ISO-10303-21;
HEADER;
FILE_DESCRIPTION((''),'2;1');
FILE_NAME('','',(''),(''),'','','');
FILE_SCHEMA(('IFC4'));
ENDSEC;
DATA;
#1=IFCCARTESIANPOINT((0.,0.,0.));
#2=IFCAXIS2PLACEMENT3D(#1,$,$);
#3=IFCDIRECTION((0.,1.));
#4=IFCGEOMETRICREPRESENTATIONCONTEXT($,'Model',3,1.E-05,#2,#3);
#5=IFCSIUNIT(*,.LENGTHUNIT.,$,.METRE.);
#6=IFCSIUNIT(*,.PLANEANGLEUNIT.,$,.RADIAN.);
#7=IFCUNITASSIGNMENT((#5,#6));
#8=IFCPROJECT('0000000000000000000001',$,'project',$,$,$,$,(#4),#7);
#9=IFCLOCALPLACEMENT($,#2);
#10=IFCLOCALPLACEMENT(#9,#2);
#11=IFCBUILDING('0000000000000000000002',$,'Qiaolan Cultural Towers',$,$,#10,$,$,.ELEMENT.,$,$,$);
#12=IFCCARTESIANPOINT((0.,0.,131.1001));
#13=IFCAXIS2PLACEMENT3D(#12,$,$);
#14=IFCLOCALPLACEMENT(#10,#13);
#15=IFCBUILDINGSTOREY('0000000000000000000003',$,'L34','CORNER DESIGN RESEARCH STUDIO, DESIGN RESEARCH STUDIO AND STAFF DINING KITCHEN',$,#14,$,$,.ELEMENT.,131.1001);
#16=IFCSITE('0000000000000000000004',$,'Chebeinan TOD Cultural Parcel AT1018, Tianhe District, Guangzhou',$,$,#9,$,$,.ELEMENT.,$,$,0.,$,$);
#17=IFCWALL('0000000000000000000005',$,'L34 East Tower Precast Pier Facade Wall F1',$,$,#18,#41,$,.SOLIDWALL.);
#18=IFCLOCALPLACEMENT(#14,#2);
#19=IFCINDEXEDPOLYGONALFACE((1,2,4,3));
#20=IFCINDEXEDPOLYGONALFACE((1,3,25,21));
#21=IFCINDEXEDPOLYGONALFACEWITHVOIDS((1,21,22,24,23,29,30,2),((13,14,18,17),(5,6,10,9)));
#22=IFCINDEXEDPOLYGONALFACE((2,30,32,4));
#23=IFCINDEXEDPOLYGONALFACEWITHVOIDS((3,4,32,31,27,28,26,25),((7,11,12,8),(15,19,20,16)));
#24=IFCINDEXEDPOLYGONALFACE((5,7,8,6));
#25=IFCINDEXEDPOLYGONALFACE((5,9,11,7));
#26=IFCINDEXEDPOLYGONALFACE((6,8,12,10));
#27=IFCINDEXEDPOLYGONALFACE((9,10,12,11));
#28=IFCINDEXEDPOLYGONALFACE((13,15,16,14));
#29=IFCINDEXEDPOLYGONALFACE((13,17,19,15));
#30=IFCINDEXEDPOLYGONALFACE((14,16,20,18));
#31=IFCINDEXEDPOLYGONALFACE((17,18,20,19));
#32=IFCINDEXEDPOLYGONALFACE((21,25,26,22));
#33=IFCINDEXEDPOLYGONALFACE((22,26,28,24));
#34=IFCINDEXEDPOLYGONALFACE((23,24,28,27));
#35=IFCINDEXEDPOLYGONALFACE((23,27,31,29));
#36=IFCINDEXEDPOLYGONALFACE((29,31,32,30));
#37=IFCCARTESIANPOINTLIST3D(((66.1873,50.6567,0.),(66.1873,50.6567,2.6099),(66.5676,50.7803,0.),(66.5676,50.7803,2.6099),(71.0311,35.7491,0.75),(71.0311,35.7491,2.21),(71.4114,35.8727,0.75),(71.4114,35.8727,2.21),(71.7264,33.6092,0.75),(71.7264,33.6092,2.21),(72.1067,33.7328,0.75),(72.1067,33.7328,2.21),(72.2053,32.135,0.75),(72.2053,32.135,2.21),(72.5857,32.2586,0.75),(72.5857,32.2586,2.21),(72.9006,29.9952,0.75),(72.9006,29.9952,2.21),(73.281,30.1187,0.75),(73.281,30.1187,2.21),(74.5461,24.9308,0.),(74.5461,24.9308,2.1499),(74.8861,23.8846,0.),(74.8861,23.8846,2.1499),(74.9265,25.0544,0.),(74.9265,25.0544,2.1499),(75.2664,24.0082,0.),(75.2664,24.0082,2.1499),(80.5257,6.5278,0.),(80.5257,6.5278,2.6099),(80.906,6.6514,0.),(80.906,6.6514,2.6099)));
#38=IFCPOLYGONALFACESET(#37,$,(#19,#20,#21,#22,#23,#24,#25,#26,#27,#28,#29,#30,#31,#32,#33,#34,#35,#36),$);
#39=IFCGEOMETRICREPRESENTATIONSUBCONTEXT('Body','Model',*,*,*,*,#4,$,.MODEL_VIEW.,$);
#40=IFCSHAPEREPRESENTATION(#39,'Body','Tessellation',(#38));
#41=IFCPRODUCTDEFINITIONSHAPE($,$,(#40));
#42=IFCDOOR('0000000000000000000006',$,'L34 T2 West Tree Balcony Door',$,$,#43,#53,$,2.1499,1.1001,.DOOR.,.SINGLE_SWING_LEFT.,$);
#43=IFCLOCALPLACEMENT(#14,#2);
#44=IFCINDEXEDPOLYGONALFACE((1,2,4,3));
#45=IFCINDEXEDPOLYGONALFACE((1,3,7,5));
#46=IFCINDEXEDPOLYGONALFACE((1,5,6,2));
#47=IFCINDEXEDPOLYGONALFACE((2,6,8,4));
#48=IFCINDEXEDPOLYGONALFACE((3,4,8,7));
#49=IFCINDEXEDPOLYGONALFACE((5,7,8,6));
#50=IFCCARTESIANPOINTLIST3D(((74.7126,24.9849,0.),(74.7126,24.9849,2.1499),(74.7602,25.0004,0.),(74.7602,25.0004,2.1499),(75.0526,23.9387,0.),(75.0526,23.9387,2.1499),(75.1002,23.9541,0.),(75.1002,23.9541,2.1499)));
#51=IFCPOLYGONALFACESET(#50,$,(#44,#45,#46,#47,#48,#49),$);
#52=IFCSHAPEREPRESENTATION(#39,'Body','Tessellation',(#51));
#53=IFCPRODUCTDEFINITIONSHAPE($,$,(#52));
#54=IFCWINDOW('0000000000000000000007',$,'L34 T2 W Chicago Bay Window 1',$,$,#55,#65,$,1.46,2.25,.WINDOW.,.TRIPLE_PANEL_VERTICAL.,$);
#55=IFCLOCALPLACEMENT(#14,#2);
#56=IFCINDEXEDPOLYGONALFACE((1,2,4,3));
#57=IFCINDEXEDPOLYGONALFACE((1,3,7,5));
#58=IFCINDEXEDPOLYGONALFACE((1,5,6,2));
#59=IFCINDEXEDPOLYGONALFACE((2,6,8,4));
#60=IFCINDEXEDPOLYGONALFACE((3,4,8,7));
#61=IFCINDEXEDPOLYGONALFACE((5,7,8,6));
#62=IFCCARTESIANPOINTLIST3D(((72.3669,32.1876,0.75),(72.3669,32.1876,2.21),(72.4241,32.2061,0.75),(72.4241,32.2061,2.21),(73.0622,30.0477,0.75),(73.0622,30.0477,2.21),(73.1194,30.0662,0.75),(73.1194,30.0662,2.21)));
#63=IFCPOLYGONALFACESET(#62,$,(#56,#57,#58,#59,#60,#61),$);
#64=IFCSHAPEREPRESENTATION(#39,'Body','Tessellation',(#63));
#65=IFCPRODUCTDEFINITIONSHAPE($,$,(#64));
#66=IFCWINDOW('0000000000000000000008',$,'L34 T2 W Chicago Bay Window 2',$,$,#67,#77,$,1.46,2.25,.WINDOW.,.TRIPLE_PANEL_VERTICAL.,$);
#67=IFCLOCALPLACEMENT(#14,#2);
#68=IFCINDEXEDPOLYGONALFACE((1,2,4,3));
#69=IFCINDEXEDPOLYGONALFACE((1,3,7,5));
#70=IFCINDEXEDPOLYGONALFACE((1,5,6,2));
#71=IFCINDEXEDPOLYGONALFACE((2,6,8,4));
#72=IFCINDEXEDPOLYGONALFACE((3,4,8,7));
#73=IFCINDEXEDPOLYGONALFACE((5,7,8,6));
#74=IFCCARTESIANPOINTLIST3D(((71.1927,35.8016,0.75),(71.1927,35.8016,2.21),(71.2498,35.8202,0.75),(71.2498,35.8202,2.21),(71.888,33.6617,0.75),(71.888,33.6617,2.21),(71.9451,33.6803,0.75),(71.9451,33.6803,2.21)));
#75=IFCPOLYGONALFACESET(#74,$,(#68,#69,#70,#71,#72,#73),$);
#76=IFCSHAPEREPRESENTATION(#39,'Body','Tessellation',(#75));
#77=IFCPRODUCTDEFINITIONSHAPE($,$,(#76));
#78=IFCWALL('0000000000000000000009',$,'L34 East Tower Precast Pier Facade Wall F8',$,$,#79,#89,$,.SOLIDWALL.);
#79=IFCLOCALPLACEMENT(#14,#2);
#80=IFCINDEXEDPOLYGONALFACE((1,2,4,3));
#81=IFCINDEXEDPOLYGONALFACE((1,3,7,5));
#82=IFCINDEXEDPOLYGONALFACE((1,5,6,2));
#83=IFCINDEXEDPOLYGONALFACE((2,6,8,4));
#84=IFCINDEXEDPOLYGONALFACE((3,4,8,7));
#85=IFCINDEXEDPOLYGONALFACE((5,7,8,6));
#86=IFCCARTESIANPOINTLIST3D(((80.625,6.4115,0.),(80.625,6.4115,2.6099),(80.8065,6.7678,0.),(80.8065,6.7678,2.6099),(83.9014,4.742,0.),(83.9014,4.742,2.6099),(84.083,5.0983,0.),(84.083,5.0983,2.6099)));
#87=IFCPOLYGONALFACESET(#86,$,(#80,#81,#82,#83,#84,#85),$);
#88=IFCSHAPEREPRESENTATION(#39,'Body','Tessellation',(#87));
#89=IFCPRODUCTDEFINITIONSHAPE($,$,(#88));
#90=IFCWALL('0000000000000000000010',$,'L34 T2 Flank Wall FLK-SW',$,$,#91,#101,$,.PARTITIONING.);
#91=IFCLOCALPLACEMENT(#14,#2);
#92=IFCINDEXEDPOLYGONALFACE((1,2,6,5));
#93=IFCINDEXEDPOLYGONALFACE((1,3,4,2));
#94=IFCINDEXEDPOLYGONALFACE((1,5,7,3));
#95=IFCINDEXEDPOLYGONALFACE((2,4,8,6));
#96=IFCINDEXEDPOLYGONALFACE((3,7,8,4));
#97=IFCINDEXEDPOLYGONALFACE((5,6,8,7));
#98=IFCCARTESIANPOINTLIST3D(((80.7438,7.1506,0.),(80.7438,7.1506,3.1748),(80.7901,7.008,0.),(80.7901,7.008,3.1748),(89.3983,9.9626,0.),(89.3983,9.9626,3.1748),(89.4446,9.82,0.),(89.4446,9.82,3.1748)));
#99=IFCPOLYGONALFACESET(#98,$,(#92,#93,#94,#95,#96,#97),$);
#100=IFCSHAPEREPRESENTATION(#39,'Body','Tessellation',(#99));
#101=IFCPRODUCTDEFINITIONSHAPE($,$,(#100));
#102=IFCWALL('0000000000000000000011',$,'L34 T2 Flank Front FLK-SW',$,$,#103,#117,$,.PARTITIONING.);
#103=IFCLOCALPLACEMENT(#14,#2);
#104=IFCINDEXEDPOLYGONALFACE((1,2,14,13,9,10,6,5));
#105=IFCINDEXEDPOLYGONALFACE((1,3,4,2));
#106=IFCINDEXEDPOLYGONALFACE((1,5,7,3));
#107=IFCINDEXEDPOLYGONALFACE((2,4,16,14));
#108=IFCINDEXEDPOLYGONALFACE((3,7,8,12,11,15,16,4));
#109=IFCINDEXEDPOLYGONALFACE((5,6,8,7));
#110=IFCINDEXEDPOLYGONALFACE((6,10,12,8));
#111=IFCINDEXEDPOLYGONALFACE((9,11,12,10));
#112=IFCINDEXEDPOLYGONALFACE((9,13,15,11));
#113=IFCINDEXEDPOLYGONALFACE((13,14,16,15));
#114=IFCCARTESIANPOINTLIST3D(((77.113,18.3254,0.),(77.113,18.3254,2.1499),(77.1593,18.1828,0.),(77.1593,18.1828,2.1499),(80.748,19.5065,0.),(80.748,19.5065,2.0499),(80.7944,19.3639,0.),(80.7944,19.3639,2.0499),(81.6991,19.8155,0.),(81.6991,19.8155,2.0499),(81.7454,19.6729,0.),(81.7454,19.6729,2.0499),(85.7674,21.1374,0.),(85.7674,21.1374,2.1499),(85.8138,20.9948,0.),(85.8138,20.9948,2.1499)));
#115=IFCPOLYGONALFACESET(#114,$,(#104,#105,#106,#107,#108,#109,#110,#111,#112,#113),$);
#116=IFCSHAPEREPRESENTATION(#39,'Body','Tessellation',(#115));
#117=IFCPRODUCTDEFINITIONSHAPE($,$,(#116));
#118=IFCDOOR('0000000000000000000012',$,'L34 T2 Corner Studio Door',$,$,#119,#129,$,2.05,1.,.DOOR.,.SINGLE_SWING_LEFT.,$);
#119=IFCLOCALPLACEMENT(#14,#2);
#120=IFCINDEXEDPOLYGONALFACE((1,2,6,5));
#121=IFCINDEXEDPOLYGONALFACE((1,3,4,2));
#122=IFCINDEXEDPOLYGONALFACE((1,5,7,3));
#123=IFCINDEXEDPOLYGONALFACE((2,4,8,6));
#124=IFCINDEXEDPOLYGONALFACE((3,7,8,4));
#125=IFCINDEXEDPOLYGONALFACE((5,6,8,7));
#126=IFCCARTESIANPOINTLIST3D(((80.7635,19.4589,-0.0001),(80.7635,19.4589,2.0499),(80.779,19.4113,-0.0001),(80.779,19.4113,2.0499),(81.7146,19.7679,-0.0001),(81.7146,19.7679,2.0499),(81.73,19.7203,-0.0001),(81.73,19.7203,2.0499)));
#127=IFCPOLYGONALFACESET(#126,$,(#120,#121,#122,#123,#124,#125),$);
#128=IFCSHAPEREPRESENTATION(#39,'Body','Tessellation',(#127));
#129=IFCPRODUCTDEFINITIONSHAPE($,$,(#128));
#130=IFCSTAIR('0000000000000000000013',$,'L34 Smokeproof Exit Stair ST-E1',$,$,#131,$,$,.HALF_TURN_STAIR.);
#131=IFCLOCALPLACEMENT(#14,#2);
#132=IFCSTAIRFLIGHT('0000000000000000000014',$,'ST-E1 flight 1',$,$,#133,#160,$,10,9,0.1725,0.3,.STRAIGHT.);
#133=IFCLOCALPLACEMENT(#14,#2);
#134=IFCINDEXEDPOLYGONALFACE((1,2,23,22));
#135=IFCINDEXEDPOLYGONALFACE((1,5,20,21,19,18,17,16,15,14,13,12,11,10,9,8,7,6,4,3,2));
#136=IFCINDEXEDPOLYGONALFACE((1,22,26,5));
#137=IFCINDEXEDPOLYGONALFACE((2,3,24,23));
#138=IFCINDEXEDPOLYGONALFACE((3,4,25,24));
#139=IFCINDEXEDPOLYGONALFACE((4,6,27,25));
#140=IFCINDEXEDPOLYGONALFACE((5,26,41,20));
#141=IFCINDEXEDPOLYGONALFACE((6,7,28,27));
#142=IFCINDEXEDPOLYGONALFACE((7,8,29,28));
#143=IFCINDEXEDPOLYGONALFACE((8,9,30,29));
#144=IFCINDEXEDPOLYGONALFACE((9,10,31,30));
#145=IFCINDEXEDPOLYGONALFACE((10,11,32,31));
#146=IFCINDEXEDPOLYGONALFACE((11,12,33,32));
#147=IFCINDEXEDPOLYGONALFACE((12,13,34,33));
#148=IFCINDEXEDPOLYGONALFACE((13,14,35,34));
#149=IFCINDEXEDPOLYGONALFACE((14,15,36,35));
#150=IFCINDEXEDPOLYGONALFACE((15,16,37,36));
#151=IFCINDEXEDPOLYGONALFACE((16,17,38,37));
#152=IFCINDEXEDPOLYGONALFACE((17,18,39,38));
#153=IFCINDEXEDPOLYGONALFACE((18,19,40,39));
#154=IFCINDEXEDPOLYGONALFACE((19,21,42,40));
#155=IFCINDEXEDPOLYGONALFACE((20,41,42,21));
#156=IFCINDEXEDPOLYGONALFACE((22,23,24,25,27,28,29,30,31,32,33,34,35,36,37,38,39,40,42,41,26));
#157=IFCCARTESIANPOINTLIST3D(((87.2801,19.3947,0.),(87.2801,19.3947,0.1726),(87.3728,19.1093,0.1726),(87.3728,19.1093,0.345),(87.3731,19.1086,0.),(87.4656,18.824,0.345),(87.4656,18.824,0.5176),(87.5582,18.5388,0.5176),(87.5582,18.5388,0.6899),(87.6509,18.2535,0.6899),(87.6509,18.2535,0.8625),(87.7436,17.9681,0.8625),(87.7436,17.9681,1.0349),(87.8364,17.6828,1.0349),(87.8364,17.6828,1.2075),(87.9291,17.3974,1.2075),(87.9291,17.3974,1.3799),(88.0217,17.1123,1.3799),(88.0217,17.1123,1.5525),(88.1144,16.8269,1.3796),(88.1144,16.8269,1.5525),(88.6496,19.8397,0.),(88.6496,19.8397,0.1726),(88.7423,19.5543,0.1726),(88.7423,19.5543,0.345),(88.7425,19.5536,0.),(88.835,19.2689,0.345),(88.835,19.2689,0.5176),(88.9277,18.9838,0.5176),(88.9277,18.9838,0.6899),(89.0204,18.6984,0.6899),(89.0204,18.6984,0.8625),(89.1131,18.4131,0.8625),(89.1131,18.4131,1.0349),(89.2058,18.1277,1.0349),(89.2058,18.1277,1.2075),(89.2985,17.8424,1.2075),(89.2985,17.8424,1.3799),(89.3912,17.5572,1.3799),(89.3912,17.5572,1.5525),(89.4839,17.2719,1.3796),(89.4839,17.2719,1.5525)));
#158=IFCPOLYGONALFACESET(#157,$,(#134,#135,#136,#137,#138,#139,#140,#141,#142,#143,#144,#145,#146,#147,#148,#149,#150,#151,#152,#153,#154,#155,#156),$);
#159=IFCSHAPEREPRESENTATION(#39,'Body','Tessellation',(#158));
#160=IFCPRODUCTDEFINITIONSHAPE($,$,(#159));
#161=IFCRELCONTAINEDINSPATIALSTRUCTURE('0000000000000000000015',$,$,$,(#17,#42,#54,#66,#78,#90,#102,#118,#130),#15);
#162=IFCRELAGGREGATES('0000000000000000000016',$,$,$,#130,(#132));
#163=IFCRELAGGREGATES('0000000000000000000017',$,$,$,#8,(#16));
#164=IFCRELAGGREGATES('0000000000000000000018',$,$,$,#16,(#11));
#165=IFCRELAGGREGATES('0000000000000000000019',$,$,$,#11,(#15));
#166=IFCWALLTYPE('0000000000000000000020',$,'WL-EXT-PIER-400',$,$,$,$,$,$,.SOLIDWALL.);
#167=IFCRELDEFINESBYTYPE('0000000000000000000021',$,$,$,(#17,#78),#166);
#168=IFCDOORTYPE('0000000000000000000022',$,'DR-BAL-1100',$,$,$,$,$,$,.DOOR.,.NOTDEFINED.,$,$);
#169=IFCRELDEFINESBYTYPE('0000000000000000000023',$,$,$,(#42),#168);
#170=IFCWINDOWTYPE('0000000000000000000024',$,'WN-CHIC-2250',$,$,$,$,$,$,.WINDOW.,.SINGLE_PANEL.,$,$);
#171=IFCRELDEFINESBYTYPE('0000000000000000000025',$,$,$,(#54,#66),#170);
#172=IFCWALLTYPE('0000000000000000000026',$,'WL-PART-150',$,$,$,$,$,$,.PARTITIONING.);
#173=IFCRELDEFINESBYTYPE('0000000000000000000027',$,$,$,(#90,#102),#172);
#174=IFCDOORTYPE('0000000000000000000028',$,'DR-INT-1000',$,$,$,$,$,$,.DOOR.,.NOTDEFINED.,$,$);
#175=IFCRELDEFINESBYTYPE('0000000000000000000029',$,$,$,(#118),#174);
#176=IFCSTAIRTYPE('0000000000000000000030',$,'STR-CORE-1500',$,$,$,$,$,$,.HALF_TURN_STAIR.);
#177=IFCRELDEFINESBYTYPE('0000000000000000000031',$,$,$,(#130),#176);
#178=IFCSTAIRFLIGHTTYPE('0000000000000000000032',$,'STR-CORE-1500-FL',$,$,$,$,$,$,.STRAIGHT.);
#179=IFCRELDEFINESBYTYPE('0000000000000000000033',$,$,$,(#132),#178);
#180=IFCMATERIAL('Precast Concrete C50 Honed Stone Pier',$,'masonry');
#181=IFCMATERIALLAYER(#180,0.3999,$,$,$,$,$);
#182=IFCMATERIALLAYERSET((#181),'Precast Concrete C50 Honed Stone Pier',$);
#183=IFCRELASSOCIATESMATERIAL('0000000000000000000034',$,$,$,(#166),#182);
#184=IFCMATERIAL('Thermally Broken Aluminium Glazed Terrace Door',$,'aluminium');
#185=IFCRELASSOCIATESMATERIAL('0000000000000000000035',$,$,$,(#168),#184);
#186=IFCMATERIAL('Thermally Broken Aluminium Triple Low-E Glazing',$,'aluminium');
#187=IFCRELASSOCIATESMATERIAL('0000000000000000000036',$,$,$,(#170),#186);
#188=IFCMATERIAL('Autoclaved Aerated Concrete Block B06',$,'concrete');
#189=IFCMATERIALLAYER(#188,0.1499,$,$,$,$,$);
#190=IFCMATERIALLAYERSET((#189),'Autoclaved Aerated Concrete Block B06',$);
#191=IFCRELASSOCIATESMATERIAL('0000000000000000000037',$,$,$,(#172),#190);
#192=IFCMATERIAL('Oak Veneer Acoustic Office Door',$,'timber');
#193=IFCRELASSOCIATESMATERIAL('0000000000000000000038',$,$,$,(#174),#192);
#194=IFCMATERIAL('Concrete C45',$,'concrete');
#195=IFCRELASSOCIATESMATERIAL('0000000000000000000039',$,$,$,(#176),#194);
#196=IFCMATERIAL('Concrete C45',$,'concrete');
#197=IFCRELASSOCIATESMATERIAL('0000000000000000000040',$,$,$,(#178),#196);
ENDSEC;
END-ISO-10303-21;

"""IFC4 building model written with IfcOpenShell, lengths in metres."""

from ifc_helpers import new_model, si_unit, direction, frame, frame_2d, origin, place, context, subcontext, project, spatial, polyline, rectangle, outline, extrude, material, layer, layer_set, type_object, element, fill, aggregate, save


model = new_model("IFC4")

# Units and contexts
model_context = context("Model", 3, precision=1e-05, world=origin(), true_north=direction((0.0, 1.0)))
body_context = subcontext(model_context, "Body", "Model", "MODEL_VIEW")
ifc_project = project(units=[si_unit("LENGTHUNIT", "METRE"), si_unit("PLANEANGLEUNIT", "RADIAN")], contexts=[model_context])

# Site, building, storey
site_placement = place(None, origin())
site = spatial("IfcSite", under=ifc_project, at=site_placement, Name="Chebeinan TOD Cultural Parcel AT1018, Tianhe District, Guangzhou", CompositionType="ELEMENT", RefElevation=0.0)
building_placement = place(site_placement, origin())
building = spatial("IfcBuilding", under=site, at=building_placement, Name="Qiaolan Cultural Towers", CompositionType="ELEMENT")
storey_placement = place(building_placement, frame((0.0, 0.0, 131.1001)))
storey = spatial("IfcBuildingStorey", under=building, at=storey_placement, Name="L34", Description="CORNER DESIGN RESEARCH STUDIO, DESIGN RESEARCH STUDIO AND STAFF DINING KITCHEN", CompositionType="ELEMENT", Elevation=131.1001)

# Wall, openings, door, windows
ifc_material_1 = material(Name="Precast Concrete C50 Honed Stone Pier", Category="masonry")
ifc_layer_1 = layer(ifc_material_1, 0.3999)
ifc_layer_set_1 = layer_set([ifc_layer_1], Name="Precast Concrete C50 Honed Stone Pier")
wall_type_1 = type_object("IfcWallType", Name="WL-EXT-PIER-400", PredefinedType="SOLIDWALL", material=ifc_layer_set_1)
wall_1_placement = place(storey_placement, frame((80.7158, 6.5896, 0.0), z_axis=(0.0, 0.0, 1.0), x_axis=(-0.309018, 0.951056, 0.0)))
wall_1 = element("IfcWall", 1, at=wall_1_placement, inside=storey, type_object=wall_type_1, Name="L34 East Tower Precast Pier Facade Wall F1", PredefinedType="SOLIDWALL", context=body_context, shape_type="SweptSolid", body=[
    extrude(rectangle(XDim=46.3999, YDim=0.3999, at=frame_2d((23.2, 0.0))), origin(), (0.0, 0.0, 1.0), 2.6099),
])
opening_1_placement = place(wall_1_placement, frame((24.675, 0.0, 0.75)))
opening_1 = element("IfcOpeningElement", 2, at=opening_1_placement, cuts=wall_1, PredefinedType="OPENING", context=body_context, shape_type="SweptSolid", body=[
    extrude(rectangle(XDim=2.25, YDim=1.46, at=frame_2d((1.125, 0.73))), frame((0.0, 0.21, 0.0), z_axis=(0.0, -1.0, 0.0), x_axis=(1.0, 0.0, 0.0)), (0.0, 0.0, 1.0), 0.4199),
])
opening_2_placement = place(wall_1_placement, frame((28.4751, 0.0, 0.75)))
opening_2 = element("IfcOpeningElement", 3, at=opening_2_placement, cuts=wall_1, PredefinedType="OPENING", context=body_context, shape_type="SweptSolid", body=[
    extrude(rectangle(XDim=2.25, YDim=1.46, at=frame_2d((1.125, 0.73))), frame((0.0, 0.21, 0.0), z_axis=(0.0, -1.0, 0.0), x_axis=(1.0, 0.0, 0.0)), (0.0, 0.0, 1.0), 0.4199),
])
opening_3_placement = place(wall_1_placement, frame((18.25, 0.0, 0.0)))
opening_3 = element("IfcOpeningElement", 4, at=opening_3_placement, cuts=wall_1, PredefinedType="OPENING", context=body_context, shape_type="SweptSolid", body=[
    extrude(rectangle(XDim=1.1001, YDim=2.1499, at=frame_2d((0.55, 1.075))), frame((0.0, 0.21, 0.0), z_axis=(0.0, -1.0, 0.0), x_axis=(1.0, 0.0, 0.0)), (0.0, 0.0, 1.0), 0.4199),
])
ifc_material_2 = material(Name="Thermally Broken Aluminium Glazed Terrace Door", Category="aluminium")
door_type_1 = type_object("IfcDoorType", Name="DR-BAL-1100", OperationType="NOTDEFINED", PredefinedType="DOOR", material=ifc_material_2)
door_1_placement = place(opening_3_placement, origin())
door_1 = element("IfcDoor", 5, at=door_1_placement, inside=storey, type_object=door_type_1, Name="L34 T2 West Tree Balcony Door", OperationType="SINGLE_SWING_LEFT", OverallHeight=2.1499, OverallWidth=1.1001, PredefinedType="DOOR", context=body_context, shape_type="SweptSolid", body=[
    extrude(rectangle(XDim=1.1001, YDim=2.1499, at=frame_2d((0.55, 1.075))), frame((0.0, 0.0249, 0.0), z_axis=(0.0, -1.0, 0.0), x_axis=(1.0, 0.0, 0.0)), (0.0, 0.0, 1.0), 0.05),
])
fill(opening_3, door_1)
ifc_material_3 = material(Name="Thermally Broken Aluminium Triple Low-E Glazing", Category="aluminium")
window_type = type_object("IfcWindowType", Name="WN-CHIC-2250", PartitioningType="SINGLE_PANEL", PredefinedType="WINDOW", material=ifc_material_3)
window_1_placement = place(opening_1_placement, origin())
window_1 = element("IfcWindow", 6, at=window_1_placement, inside=storey, type_object=window_type, Name="L34 T2 W Chicago Bay Window 1", OverallHeight=1.46, OverallWidth=2.25, PartitioningType="TRIPLE_PANEL_VERTICAL", PredefinedType="WINDOW", context=body_context, shape_type="SweptSolid", body=[
    extrude(rectangle(XDim=2.25, YDim=1.46, at=frame_2d((1.125, 0.73))), frame((0.0, 0.03, 0.0), z_axis=(0.0, -1.0, 0.0), x_axis=(1.0, 0.0, 0.0)), (0.0, 0.0, 1.0), 0.0601),
])
fill(opening_1, window_1)
window_2_placement = place(opening_2_placement, origin())
window_2 = element("IfcWindow", 7, at=window_2_placement, inside=storey, type_object=window_type, Name="L34 T2 W Chicago Bay Window 2", OverallHeight=1.46, OverallWidth=2.25, PartitioningType="TRIPLE_PANEL_VERTICAL", PredefinedType="WINDOW", context=body_context, shape_type="SweptSolid", body=[
    extrude(rectangle(XDim=2.25, YDim=1.46, at=frame_2d((1.125, 0.73))), frame((0.0, 0.03, 0.0), z_axis=(0.0, -1.0, 0.0), x_axis=(1.0, 0.0, 0.0)), (0.0, 0.0, 1.0), 0.0601),
])
fill(opening_2, window_2)

# Walls
wall_2_placement = place(storey_placement, frame((83.9922, 4.9202, 0.0), z_axis=(0.0, 0.0, 1.0), x_axis=(-0.891002, 0.453999, 0.0)))
element("IfcWall", 8, at=wall_2_placement, inside=storey, type_object=wall_type_1, Name="L34 East Tower Precast Pier Facade Wall F8", PredefinedType="SOLIDWALL", context=body_context, shape_type="SweptSolid", body=[
    extrude(rectangle(XDim=3.6772, YDim=0.3999, at=frame_2d((1.8386, 0.0))), origin(), (0.0, 0.0, 1.0), 2.6099),
])
ifc_material_4 = material(Name="Autoclaved Aerated Concrete Block B06", Category="concrete")
ifc_layer_2 = layer(ifc_material_4, 0.1499)
ifc_layer_set_2 = layer_set([ifc_layer_2], Name="Autoclaved Aerated Concrete Block B06")
wall_type_2 = type_object("IfcWallType", Name="WL-PART-150", PredefinedType="PARTITIONING", material=ifc_layer_set_2)
wall_3_placement = place(storey_placement, frame((80.7671, 7.0793, 0.0), z_axis=(0.0, 0.0, 1.0), x_axis=(0.951057, 0.309015, 0.0)))
element("IfcWall", 9, at=wall_3_placement, inside=storey, type_object=wall_type_2, Name="L34 T2 Flank Wall FLK-SW", PredefinedType="PARTITIONING", context=body_context, shape_type="SweptSolid", body=[
    extrude(rectangle(XDim=9.0999, YDim=0.1499, at=frame_2d((4.5498, 0.0))), origin(), (0.0, 0.0, 1.0), 3.1748),
])

# Wall, opening, door
wall_4_placement = place(storey_placement, frame((77.1362, 18.2542, 0.0), z_axis=(0.0, 0.0, 1.0), x_axis=(0.951057, 0.309015, 0.0)))
wall_4 = element("IfcWall", 10, at=wall_4_placement, inside=storey, type_object=wall_type_2, Name="L34 T2 Flank Front FLK-SW", PredefinedType="PARTITIONING", context=body_context, shape_type="SweptSolid", body=[
    extrude(rectangle(XDim=9.0999, YDim=0.1499, at=frame_2d((4.5498, 0.0))), origin(), (0.0, 0.0, 1.0), 2.1499),
])
opening_4_placement = place(wall_4_placement, frame((3.822, 0.0, 0.0)))
opening_4 = element("IfcOpeningElement", 11, at=opening_4_placement, cuts=wall_4, PredefinedType="OPENING", context=body_context, shape_type="SweptSolid", body=[
    extrude(rectangle(XDim=1.0, YDim=2.05, at=frame_2d((0.5, 1.0249))), frame((0.0, 0.085, 0.0), z_axis=(0.0, -1.0, 0.0), x_axis=(1.0, 0.0, 0.0)), (0.0, 0.0, 1.0), 0.1699),
])
ifc_material_5 = material(Name="Oak Veneer Acoustic Office Door", Category="timber")
door_type_2 = type_object("IfcDoorType", Name="DR-INT-1000", OperationType="NOTDEFINED", PredefinedType="DOOR", material=ifc_material_5)
door_2_placement = place(opening_4_placement, origin())
door_2 = element("IfcDoor", 12, at=door_2_placement, inside=storey, type_object=door_type_2, Name="L34 T2 Corner Studio Door", OperationType="SINGLE_SWING_LEFT", OverallHeight=2.05, OverallWidth=1.0, PredefinedType="DOOR", context=body_context, shape_type="SweptSolid", body=[
    extrude(rectangle(XDim=1.0, YDim=2.05, at=frame_2d((0.5, 1.0249))), frame((0.0, 0.0249, 0.0), z_axis=(0.0, -1.0, 0.0), x_axis=(1.0, 0.0, 0.0)), (0.0, 0.0, 1.0), 0.05),
])
fill(opening_4, door_2)

# Stair, stair flight
ifc_material_6 = material(Name="Concrete C45", Category="concrete")
stair_type = type_object("IfcStairType", Name="STR-CORE-1500", PredefinedType="HALF_TURN_STAIR", material=ifc_material_6)
stair_placement = place(storey_placement, origin())
stair = element("IfcStair", 13, at=stair_placement, inside=storey, type_object=stair_type, Name="L34 Smokeproof Exit Stair ST-E1", PredefinedType="HALF_TURN_STAIR")
ifc_material_7 = material(Name="Concrete C45", Category="concrete")
stair_flight_type = type_object("IfcStairFlightType", Name="STR-CORE-1500-FL", PredefinedType="STRAIGHT", material=ifc_material_7)
stair_flight_placement = place(storey_placement, frame((87.9648, 19.6172, 0.0), z_axis=(0.0, 0.0, 1.0), x_axis=(0.309017, -0.951057, 0.0)))
stair_flight = element("IfcStairFlight", 14, at=stair_flight_placement, type_object=stair_flight_type, Name="ST-E1 flight 1", NumberOfRisers=10, NumberOfTreads=9, PredefinedType="STRAIGHT", RiserHeight=0.1725, TreadLength=0.3, context=body_context, shape_type="SweptSolid", body=[
    extrude(outline(polyline([(0.0, 0.0), (0.0, 0.1726), (0.3, 0.1726), (0.3, 0.345), (0.6001, 0.345), (0.6001, 0.5176), (0.8999, 0.5176), (0.8999, 0.6899), (1.2, 0.6899), (1.2, 0.8625), (1.5, 0.8625), (1.5, 1.0349), (1.8, 1.0349), (1.8, 1.2075), (2.1001, 1.2075), (2.1001, 1.3799), (2.3999, 1.3799), (2.3999, 1.5525), (2.7, 1.5525), (2.7, 1.7251), (2.7, 1.3796), (0.3008, 0.0), (0.0, 0.0)])), frame((0.0, 0.72, 0.0), z_axis=(0.0, -1.0, 0.0), x_axis=(1.0, 0.0, 0.0)), (0.0, 0.0, 1.0), 1.4399),
])
aggregate(stair, [stair_flight])

save(model, "model.ifc")
